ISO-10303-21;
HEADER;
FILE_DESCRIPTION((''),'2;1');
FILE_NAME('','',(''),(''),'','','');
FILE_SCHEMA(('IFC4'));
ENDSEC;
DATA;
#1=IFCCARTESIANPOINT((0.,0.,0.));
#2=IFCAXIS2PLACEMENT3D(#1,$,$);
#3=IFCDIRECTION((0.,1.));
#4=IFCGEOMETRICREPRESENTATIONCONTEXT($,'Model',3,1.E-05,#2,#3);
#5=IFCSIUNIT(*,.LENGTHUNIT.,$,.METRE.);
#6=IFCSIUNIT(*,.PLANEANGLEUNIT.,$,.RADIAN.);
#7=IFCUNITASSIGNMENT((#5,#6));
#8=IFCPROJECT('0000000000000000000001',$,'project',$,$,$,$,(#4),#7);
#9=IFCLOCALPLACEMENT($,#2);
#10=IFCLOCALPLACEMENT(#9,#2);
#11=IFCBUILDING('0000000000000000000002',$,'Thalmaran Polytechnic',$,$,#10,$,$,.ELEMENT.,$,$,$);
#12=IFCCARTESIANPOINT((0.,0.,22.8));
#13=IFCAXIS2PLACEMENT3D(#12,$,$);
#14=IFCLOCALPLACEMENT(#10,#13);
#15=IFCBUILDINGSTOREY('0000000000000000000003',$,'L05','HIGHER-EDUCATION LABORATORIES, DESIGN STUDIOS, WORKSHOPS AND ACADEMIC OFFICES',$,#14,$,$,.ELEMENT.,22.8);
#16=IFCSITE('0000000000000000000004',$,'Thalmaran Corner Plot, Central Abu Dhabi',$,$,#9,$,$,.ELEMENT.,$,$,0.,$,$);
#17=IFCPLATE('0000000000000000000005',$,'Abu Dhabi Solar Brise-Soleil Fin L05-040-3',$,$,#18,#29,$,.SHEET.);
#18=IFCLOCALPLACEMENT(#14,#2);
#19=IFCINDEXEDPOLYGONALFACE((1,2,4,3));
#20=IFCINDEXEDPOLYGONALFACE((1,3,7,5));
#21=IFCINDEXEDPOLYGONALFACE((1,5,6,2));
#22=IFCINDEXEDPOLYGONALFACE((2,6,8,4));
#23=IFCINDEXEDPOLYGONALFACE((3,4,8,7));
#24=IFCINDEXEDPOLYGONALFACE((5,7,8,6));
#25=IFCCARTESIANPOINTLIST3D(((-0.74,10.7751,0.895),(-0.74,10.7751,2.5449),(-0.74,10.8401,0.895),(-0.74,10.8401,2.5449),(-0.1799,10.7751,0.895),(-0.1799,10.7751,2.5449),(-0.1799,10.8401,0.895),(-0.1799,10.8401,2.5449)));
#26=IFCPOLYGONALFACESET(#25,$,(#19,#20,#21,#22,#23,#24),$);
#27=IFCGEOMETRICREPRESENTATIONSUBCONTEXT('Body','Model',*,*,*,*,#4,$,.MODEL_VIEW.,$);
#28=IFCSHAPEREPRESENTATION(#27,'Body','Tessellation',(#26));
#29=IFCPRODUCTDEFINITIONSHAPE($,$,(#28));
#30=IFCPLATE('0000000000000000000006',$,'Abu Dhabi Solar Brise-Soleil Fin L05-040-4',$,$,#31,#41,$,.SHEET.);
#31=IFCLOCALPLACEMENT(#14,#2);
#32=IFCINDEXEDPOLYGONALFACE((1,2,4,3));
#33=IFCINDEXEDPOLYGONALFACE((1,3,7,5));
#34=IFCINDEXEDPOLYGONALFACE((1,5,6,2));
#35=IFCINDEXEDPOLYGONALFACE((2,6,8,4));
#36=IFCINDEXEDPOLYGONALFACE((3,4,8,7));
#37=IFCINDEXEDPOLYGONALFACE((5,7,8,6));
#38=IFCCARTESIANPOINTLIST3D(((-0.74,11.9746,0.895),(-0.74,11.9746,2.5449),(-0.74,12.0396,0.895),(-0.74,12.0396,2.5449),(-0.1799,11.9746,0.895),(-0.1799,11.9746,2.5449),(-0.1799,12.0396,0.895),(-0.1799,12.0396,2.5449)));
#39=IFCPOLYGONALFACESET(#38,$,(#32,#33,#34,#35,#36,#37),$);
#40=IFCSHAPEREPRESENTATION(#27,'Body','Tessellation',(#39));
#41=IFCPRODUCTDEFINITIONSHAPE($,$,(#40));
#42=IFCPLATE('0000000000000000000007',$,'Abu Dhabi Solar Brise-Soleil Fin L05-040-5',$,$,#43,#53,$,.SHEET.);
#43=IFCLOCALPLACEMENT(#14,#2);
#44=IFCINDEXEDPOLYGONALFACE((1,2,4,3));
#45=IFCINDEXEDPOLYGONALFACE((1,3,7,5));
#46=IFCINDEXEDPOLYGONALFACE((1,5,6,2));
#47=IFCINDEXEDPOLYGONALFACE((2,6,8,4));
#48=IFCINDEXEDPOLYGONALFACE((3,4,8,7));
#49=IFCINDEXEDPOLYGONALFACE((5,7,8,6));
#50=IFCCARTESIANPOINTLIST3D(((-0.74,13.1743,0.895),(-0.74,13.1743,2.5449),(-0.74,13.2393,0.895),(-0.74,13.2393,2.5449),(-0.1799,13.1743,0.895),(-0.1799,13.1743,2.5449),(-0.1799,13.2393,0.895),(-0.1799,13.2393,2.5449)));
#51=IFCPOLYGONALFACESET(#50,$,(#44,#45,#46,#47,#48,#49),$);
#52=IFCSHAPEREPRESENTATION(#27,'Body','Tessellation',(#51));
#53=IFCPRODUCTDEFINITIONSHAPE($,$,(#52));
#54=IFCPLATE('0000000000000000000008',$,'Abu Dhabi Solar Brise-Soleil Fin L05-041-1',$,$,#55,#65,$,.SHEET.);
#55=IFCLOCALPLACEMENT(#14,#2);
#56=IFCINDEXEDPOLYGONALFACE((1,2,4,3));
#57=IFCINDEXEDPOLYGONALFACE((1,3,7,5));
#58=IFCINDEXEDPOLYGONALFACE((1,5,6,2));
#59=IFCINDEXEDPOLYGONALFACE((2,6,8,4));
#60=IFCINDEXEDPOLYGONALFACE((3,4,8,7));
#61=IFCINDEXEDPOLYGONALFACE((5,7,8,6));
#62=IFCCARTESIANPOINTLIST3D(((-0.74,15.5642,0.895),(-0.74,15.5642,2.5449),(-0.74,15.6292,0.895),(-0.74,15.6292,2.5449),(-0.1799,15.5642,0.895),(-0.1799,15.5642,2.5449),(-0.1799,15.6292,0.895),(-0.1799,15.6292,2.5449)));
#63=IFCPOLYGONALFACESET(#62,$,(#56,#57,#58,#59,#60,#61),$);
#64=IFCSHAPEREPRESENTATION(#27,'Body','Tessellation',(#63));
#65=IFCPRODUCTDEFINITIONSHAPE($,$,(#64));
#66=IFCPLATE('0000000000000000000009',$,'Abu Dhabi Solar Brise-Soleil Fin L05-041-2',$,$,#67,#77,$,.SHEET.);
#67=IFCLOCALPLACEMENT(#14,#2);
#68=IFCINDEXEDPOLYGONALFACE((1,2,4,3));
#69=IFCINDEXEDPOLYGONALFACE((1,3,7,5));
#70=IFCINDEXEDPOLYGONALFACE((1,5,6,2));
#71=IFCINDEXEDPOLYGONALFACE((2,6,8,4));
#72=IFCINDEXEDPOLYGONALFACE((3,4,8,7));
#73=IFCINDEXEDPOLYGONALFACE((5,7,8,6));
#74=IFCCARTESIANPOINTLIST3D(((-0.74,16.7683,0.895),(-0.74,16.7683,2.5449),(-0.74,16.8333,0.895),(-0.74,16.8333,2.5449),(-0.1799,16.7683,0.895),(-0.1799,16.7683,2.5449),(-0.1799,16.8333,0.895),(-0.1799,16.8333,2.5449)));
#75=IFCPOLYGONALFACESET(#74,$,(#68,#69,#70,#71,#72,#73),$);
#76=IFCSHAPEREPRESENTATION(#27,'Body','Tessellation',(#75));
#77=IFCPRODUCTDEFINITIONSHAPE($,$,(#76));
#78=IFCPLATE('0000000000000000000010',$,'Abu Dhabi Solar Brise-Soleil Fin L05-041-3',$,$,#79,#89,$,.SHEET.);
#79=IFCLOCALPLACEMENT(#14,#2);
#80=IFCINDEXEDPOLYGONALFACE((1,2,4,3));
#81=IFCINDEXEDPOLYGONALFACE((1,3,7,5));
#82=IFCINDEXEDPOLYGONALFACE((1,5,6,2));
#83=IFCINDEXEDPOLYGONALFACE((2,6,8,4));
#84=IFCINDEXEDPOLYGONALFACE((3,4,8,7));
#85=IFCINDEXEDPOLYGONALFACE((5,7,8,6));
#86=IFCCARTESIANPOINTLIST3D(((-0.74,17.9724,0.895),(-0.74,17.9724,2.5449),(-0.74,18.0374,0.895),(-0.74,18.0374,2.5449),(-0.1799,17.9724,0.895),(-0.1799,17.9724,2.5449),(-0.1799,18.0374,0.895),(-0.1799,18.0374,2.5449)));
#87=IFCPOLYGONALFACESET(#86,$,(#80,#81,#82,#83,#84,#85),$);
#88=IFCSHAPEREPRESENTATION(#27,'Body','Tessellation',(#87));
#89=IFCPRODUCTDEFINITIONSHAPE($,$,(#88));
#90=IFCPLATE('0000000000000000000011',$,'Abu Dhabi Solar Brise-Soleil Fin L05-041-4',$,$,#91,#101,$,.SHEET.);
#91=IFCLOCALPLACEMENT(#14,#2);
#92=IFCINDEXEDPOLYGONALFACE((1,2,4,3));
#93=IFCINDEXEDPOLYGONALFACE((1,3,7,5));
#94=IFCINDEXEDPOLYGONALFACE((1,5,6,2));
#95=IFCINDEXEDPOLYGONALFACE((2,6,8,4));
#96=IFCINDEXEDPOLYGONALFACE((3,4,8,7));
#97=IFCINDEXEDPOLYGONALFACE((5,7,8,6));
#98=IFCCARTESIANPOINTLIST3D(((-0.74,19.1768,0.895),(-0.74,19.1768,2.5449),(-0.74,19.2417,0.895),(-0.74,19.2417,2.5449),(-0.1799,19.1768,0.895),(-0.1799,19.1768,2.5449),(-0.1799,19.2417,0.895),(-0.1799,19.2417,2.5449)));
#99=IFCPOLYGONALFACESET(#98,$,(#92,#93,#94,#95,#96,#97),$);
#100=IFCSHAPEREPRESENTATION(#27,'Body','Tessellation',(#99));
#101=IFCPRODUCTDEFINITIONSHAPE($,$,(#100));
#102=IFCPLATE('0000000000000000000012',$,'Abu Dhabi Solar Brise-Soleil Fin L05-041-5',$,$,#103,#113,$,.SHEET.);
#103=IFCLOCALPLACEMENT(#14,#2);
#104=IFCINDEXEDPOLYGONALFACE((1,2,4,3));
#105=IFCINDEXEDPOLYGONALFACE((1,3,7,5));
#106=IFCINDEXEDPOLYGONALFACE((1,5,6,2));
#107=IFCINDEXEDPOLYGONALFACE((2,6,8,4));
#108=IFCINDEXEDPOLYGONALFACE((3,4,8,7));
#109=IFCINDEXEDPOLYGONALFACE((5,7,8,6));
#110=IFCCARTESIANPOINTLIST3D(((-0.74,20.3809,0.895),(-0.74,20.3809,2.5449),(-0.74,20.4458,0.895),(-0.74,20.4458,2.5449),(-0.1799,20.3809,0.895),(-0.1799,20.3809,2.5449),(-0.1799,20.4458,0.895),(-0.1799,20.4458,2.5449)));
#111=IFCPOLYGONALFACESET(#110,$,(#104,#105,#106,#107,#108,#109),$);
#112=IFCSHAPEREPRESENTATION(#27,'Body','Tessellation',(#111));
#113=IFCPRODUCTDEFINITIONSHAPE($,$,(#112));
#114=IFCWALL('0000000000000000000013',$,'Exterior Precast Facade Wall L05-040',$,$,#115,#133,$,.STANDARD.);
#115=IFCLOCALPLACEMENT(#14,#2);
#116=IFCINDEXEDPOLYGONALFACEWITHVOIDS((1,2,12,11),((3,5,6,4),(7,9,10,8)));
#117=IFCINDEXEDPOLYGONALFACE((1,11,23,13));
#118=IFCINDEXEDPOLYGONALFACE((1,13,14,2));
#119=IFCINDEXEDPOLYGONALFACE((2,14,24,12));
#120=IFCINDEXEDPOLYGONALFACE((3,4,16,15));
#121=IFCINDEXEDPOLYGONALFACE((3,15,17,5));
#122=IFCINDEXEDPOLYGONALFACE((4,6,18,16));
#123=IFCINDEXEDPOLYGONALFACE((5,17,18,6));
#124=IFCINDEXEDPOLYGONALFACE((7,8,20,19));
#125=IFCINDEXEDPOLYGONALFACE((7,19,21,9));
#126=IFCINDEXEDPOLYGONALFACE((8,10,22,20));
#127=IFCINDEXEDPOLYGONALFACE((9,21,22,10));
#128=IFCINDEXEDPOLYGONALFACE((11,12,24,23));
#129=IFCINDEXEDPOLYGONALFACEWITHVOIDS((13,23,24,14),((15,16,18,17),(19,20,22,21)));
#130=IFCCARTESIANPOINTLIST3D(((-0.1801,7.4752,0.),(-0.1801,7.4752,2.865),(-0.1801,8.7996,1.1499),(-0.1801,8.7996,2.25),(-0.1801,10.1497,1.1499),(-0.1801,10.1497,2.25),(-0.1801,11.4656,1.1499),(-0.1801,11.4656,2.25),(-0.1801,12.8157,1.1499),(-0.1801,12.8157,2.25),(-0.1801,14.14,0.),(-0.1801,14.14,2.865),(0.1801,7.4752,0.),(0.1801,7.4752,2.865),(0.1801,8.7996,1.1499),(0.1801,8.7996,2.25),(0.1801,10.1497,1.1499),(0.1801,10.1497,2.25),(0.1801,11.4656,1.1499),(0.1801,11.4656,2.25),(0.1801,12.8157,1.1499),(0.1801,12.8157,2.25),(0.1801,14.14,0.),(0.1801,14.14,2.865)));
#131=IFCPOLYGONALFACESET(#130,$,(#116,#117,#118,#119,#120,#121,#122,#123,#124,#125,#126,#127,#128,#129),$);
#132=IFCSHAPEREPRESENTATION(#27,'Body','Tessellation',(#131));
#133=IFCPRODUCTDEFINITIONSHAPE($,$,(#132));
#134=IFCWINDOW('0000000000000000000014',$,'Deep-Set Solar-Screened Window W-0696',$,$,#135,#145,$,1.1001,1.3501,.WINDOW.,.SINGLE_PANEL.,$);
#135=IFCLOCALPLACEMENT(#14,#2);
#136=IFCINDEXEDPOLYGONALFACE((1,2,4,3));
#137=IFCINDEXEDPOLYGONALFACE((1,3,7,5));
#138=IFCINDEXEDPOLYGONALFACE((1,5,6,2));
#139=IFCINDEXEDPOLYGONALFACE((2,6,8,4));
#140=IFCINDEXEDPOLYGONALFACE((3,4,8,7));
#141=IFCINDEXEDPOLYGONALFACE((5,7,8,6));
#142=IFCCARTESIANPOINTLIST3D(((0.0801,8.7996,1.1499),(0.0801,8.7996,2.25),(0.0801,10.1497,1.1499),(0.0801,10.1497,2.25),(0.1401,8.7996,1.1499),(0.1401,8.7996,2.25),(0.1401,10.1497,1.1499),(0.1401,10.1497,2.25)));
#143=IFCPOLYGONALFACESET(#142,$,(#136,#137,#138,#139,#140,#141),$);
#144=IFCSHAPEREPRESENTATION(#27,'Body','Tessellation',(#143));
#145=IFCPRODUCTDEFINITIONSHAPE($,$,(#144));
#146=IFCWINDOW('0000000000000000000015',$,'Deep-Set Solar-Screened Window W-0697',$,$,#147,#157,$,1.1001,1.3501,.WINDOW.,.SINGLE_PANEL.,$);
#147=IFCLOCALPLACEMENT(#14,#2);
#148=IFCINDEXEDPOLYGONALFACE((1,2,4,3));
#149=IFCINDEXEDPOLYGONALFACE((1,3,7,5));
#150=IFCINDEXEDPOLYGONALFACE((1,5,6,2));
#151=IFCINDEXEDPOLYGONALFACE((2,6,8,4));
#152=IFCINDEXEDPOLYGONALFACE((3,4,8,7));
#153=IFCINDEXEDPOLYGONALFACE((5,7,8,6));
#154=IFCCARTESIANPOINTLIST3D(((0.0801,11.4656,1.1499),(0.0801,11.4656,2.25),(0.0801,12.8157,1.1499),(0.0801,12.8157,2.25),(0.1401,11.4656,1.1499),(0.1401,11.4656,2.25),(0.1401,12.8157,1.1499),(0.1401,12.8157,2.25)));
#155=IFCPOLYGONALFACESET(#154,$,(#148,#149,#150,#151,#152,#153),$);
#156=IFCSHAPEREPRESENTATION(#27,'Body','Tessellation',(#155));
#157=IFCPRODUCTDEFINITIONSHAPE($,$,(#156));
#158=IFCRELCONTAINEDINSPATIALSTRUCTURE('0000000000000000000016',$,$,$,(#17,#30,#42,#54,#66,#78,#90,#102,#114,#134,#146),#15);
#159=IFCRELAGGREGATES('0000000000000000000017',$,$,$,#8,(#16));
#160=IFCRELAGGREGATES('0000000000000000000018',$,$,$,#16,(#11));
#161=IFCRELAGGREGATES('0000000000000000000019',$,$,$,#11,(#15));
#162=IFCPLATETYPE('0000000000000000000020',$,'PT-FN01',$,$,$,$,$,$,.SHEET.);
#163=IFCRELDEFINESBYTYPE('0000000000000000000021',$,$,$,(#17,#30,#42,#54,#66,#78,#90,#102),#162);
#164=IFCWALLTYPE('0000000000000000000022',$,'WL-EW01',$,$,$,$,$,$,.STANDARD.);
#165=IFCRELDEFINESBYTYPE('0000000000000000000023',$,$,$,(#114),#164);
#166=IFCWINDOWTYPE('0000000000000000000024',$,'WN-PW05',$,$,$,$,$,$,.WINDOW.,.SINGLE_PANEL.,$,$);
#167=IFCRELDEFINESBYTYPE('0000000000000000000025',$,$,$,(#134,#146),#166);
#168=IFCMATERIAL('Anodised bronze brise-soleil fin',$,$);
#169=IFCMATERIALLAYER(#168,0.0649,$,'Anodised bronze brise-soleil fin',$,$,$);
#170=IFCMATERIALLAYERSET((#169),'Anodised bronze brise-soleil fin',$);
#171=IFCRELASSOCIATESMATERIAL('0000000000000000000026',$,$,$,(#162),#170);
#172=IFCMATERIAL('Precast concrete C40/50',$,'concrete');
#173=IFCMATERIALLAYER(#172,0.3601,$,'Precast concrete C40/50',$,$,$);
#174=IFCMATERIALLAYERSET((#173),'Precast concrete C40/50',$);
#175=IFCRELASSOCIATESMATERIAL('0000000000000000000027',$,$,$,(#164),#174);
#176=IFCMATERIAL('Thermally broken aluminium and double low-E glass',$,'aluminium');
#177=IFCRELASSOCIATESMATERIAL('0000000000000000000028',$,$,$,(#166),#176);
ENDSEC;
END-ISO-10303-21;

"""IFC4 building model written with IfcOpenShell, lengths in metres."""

from ifc_helpers import new_model, si_unit, direction, frame, frame_2d, origin, origin_2d, place, context, subcontext, project, spatial, rectangle, extrude, material, layer, layer_set, type_object, element, fill, save


model = new_model("IFC4")

# Units and contexts
model_context = context("Model", 3, precision=1e-05, world=origin(), true_north=direction((0.0, 1.0)))
body_context = subcontext(model_context, "Body", "Model", "MODEL_VIEW")
ifc_project = project(units=[si_unit("LENGTHUNIT", "METRE"), si_unit("PLANEANGLEUNIT", "RADIAN")], contexts=[model_context])

# Site, building, storey
site_placement = place(None, origin())
site = spatial("IfcSite", under=ifc_project, at=site_placement, Name="Thalmaran Corner Plot, Central Abu Dhabi", CompositionType="ELEMENT", RefElevation=0.0)
building_placement = place(site_placement, origin())
building = spatial("IfcBuilding", under=site, at=building_placement, Name="Thalmaran Polytechnic", CompositionType="ELEMENT")
storey_placement = place(building_placement, frame((0.0, 0.0, 22.8)))
storey = spatial("IfcBuildingStorey", under=building, at=storey_placement, Name="L05", Description="HIGHER-EDUCATION LABORATORIES, DESIGN STUDIOS, WORKSHOPS AND ACADEMIC OFFICES", CompositionType="ELEMENT", Elevation=22.8)

# Plates
ifc_material_1 = material(Name="Anodised bronze brise-soleil fin")
ifc_layer_1 = layer(ifc_material_1, 0.0649, Name="Anodised bronze brise-soleil fin")
ifc_layer_set_1 = layer_set([ifc_layer_1], Name="Anodised bronze brise-soleil fin")
plate_type_1 = type_object("IfcPlateType", Name="PT-FN01", PredefinedType="SHEET", material=ifc_layer_set_1)
for number, where, z_axis, x_axis, name in (
    (1, (-0.46, 10.8076, 0.895), (0.0, 0.0, 1.0), (0.0, 1.0, 0.0), "Abu Dhabi Solar Brise-Soleil Fin L05-040-3"),
    (2, (-0.46, 12.0071, 0.895), (0.0, 0.0, 1.0), (0.0, 1.0, 0.0), "Abu Dhabi Solar Brise-Soleil Fin L05-040-4"),
    (3, (-0.46, 13.2068, 0.895), (0.0, 0.0, 1.0), (0.0, 1.0, 0.0), "Abu Dhabi Solar Brise-Soleil Fin L05-040-5"),
    (4, (-0.46, 15.5967, 0.895), (0.0, 0.0, 1.0), (0.0, 1.0, 0.0), "Abu Dhabi Solar Brise-Soleil Fin L05-041-1"),
    (5, (-0.46, 16.8008, 0.895), (0.0, 0.0, 1.0), (0.0, 1.0, 0.0), "Abu Dhabi Solar Brise-Soleil Fin L05-041-2"),
    (6, (-0.46, 18.0049, 0.895), (0.0, 0.0, 1.0), (0.0, 1.0, 0.0), "Abu Dhabi Solar Brise-Soleil Fin L05-041-3"),
    (7, (-0.46, 19.2092, 0.895), (0.0, 0.0, 1.0), (0.0, 1.0, 0.0), "Abu Dhabi Solar Brise-Soleil Fin L05-041-4"),
    (8, (-0.46, 20.4133, 0.895), (0.0, 0.0, 1.0), (0.0, 1.0, 0.0), "Abu Dhabi Solar Brise-Soleil Fin L05-041-5"),
):
    element("IfcPlate", number, at=place(storey_placement, frame(where, z_axis=z_axis, x_axis=x_axis)), inside=storey, type_object=plate_type_1, Name=name, PredefinedType="SHEET", context=body_context, shape_type="SweptSolid", body=[
        extrude(rectangle(XDim=0.0649, YDim=0.5601, at=origin_2d()), origin(), (0.0, 0.0, 1.0), 1.6499),
    ])

# Wall, openings, windows
ifc_material_2 = material(Name="Precast concrete C40/50", Category="concrete")
ifc_layer_2 = layer(ifc_material_2, 0.3601, Name="Precast concrete C40/50")
ifc_layer_set_2 = layer_set([ifc_layer_2], Name="Precast concrete C40/50")
wall_type = type_object("IfcWallType", Name="WL-EW01", PredefinedType="STANDARD", material=ifc_layer_set_2)
wall_1_placement = place(storey_placement, frame((0.0, 7.4751, 0.0), z_axis=(0.0, 0.0, 1.0), x_axis=(0.0, 1.0, 0.0)))
wall_1 = element("IfcWall", 9, at=wall_1_placement, inside=storey, type_object=wall_type, Name="Exterior Precast Facade Wall L05-040", PredefinedType="STANDARD", context=body_context, shape_type="SweptSolid", body=[
    extrude(rectangle(XDim=6.6648, YDim=0.3601, at=frame_2d((3.3325, 0.0))), origin(), (0.0, 0.0, 1.0), 2.865),
])
opening_1_placement = place(wall_1_placement, frame((1.3245, 0.0, 1.1499)))
opening_1 = element("IfcOpeningElement", 10, at=opening_1_placement, cuts=wall_1, PredefinedType="OPENING", context=body_context, shape_type="SweptSolid", body=[
    extrude(rectangle(XDim=1.3501, YDim=1.1001, at=frame_2d((0.675, 0.55))), frame((0.0, 0.1899, 0.0), z_axis=(0.0, -1.0, 0.0), x_axis=(1.0, 0.0, 0.0)), (0.0, 0.0, 1.0), 0.3801),
])
opening_2_placement = place(wall_1_placement, frame((3.9905, 0.0, 1.1499)))
opening_2 = element("IfcOpeningElement", 11, at=opening_2_placement, cuts=wall_1, PredefinedType="OPENING", context=body_context, shape_type="SweptSolid", body=[
    extrude(rectangle(XDim=1.3501, YDim=1.1001, at=frame_2d((0.675, 0.55))), frame((0.0, 0.1899, 0.0), z_axis=(0.0, -1.0, 0.0), x_axis=(1.0, 0.0, 0.0)), (0.0, 0.0, 1.0), 0.3801),
])
ifc_material_3 = material(Name="Thermally broken aluminium and double low-E glass", Category="aluminium")
window_type_1 = type_object("IfcWindowType", Name="WN-PW05", PartitioningType="SINGLE_PANEL", PredefinedType="WINDOW", material=ifc_material_3)
window_1_placement = place(opening_1_placement, origin())
window_1 = element("IfcWindow", 12, at=window_1_placement, inside=storey, type_object=window_type_1, Name="Deep-Set Solar-Screened Window W-0696", OverallHeight=1.1001, OverallWidth=1.3501, PartitioningType="SINGLE_PANEL", PredefinedType="WINDOW", context=body_context, shape_type="SweptSolid", body=[
    extrude(rectangle(XDim=1.3501, YDim=1.1001, at=frame_2d((0.675, 0.55))), frame((0.0, -0.0801, 0.0), z_axis=(0.0, -1.0, 0.0), x_axis=(1.0, 0.0, 0.0)), (0.0, 0.0, 1.0), 0.0601),
])
fill(opening_1, window_1)
window_2_placement = place(opening_2_placement, origin())
window_2 = element("IfcWindow", 13, at=window_2_placement, inside=storey, type_object=window_type_1, Name="Deep-Set Solar-Screened Window W-0697", OverallHeight=1.1001, OverallWidth=1.3501, PartitioningType="SINGLE_PANEL", PredefinedType="WINDOW", context=body_context, shape_type="SweptSolid", body=[
    extrude(rectangle(XDim=1.3501, YDim=1.1001, at=frame_2d((0.675, 0.55))), frame((0.0, -0.0801, 0.0), z_axis=(0.0, -1.0, 0.0), x_axis=(1.0, 0.0, 0.0)), (0.0, 0.0, 1.0), 0.0601),
])
fill(opening_2, window_2)

save(model, "model.ifc")
